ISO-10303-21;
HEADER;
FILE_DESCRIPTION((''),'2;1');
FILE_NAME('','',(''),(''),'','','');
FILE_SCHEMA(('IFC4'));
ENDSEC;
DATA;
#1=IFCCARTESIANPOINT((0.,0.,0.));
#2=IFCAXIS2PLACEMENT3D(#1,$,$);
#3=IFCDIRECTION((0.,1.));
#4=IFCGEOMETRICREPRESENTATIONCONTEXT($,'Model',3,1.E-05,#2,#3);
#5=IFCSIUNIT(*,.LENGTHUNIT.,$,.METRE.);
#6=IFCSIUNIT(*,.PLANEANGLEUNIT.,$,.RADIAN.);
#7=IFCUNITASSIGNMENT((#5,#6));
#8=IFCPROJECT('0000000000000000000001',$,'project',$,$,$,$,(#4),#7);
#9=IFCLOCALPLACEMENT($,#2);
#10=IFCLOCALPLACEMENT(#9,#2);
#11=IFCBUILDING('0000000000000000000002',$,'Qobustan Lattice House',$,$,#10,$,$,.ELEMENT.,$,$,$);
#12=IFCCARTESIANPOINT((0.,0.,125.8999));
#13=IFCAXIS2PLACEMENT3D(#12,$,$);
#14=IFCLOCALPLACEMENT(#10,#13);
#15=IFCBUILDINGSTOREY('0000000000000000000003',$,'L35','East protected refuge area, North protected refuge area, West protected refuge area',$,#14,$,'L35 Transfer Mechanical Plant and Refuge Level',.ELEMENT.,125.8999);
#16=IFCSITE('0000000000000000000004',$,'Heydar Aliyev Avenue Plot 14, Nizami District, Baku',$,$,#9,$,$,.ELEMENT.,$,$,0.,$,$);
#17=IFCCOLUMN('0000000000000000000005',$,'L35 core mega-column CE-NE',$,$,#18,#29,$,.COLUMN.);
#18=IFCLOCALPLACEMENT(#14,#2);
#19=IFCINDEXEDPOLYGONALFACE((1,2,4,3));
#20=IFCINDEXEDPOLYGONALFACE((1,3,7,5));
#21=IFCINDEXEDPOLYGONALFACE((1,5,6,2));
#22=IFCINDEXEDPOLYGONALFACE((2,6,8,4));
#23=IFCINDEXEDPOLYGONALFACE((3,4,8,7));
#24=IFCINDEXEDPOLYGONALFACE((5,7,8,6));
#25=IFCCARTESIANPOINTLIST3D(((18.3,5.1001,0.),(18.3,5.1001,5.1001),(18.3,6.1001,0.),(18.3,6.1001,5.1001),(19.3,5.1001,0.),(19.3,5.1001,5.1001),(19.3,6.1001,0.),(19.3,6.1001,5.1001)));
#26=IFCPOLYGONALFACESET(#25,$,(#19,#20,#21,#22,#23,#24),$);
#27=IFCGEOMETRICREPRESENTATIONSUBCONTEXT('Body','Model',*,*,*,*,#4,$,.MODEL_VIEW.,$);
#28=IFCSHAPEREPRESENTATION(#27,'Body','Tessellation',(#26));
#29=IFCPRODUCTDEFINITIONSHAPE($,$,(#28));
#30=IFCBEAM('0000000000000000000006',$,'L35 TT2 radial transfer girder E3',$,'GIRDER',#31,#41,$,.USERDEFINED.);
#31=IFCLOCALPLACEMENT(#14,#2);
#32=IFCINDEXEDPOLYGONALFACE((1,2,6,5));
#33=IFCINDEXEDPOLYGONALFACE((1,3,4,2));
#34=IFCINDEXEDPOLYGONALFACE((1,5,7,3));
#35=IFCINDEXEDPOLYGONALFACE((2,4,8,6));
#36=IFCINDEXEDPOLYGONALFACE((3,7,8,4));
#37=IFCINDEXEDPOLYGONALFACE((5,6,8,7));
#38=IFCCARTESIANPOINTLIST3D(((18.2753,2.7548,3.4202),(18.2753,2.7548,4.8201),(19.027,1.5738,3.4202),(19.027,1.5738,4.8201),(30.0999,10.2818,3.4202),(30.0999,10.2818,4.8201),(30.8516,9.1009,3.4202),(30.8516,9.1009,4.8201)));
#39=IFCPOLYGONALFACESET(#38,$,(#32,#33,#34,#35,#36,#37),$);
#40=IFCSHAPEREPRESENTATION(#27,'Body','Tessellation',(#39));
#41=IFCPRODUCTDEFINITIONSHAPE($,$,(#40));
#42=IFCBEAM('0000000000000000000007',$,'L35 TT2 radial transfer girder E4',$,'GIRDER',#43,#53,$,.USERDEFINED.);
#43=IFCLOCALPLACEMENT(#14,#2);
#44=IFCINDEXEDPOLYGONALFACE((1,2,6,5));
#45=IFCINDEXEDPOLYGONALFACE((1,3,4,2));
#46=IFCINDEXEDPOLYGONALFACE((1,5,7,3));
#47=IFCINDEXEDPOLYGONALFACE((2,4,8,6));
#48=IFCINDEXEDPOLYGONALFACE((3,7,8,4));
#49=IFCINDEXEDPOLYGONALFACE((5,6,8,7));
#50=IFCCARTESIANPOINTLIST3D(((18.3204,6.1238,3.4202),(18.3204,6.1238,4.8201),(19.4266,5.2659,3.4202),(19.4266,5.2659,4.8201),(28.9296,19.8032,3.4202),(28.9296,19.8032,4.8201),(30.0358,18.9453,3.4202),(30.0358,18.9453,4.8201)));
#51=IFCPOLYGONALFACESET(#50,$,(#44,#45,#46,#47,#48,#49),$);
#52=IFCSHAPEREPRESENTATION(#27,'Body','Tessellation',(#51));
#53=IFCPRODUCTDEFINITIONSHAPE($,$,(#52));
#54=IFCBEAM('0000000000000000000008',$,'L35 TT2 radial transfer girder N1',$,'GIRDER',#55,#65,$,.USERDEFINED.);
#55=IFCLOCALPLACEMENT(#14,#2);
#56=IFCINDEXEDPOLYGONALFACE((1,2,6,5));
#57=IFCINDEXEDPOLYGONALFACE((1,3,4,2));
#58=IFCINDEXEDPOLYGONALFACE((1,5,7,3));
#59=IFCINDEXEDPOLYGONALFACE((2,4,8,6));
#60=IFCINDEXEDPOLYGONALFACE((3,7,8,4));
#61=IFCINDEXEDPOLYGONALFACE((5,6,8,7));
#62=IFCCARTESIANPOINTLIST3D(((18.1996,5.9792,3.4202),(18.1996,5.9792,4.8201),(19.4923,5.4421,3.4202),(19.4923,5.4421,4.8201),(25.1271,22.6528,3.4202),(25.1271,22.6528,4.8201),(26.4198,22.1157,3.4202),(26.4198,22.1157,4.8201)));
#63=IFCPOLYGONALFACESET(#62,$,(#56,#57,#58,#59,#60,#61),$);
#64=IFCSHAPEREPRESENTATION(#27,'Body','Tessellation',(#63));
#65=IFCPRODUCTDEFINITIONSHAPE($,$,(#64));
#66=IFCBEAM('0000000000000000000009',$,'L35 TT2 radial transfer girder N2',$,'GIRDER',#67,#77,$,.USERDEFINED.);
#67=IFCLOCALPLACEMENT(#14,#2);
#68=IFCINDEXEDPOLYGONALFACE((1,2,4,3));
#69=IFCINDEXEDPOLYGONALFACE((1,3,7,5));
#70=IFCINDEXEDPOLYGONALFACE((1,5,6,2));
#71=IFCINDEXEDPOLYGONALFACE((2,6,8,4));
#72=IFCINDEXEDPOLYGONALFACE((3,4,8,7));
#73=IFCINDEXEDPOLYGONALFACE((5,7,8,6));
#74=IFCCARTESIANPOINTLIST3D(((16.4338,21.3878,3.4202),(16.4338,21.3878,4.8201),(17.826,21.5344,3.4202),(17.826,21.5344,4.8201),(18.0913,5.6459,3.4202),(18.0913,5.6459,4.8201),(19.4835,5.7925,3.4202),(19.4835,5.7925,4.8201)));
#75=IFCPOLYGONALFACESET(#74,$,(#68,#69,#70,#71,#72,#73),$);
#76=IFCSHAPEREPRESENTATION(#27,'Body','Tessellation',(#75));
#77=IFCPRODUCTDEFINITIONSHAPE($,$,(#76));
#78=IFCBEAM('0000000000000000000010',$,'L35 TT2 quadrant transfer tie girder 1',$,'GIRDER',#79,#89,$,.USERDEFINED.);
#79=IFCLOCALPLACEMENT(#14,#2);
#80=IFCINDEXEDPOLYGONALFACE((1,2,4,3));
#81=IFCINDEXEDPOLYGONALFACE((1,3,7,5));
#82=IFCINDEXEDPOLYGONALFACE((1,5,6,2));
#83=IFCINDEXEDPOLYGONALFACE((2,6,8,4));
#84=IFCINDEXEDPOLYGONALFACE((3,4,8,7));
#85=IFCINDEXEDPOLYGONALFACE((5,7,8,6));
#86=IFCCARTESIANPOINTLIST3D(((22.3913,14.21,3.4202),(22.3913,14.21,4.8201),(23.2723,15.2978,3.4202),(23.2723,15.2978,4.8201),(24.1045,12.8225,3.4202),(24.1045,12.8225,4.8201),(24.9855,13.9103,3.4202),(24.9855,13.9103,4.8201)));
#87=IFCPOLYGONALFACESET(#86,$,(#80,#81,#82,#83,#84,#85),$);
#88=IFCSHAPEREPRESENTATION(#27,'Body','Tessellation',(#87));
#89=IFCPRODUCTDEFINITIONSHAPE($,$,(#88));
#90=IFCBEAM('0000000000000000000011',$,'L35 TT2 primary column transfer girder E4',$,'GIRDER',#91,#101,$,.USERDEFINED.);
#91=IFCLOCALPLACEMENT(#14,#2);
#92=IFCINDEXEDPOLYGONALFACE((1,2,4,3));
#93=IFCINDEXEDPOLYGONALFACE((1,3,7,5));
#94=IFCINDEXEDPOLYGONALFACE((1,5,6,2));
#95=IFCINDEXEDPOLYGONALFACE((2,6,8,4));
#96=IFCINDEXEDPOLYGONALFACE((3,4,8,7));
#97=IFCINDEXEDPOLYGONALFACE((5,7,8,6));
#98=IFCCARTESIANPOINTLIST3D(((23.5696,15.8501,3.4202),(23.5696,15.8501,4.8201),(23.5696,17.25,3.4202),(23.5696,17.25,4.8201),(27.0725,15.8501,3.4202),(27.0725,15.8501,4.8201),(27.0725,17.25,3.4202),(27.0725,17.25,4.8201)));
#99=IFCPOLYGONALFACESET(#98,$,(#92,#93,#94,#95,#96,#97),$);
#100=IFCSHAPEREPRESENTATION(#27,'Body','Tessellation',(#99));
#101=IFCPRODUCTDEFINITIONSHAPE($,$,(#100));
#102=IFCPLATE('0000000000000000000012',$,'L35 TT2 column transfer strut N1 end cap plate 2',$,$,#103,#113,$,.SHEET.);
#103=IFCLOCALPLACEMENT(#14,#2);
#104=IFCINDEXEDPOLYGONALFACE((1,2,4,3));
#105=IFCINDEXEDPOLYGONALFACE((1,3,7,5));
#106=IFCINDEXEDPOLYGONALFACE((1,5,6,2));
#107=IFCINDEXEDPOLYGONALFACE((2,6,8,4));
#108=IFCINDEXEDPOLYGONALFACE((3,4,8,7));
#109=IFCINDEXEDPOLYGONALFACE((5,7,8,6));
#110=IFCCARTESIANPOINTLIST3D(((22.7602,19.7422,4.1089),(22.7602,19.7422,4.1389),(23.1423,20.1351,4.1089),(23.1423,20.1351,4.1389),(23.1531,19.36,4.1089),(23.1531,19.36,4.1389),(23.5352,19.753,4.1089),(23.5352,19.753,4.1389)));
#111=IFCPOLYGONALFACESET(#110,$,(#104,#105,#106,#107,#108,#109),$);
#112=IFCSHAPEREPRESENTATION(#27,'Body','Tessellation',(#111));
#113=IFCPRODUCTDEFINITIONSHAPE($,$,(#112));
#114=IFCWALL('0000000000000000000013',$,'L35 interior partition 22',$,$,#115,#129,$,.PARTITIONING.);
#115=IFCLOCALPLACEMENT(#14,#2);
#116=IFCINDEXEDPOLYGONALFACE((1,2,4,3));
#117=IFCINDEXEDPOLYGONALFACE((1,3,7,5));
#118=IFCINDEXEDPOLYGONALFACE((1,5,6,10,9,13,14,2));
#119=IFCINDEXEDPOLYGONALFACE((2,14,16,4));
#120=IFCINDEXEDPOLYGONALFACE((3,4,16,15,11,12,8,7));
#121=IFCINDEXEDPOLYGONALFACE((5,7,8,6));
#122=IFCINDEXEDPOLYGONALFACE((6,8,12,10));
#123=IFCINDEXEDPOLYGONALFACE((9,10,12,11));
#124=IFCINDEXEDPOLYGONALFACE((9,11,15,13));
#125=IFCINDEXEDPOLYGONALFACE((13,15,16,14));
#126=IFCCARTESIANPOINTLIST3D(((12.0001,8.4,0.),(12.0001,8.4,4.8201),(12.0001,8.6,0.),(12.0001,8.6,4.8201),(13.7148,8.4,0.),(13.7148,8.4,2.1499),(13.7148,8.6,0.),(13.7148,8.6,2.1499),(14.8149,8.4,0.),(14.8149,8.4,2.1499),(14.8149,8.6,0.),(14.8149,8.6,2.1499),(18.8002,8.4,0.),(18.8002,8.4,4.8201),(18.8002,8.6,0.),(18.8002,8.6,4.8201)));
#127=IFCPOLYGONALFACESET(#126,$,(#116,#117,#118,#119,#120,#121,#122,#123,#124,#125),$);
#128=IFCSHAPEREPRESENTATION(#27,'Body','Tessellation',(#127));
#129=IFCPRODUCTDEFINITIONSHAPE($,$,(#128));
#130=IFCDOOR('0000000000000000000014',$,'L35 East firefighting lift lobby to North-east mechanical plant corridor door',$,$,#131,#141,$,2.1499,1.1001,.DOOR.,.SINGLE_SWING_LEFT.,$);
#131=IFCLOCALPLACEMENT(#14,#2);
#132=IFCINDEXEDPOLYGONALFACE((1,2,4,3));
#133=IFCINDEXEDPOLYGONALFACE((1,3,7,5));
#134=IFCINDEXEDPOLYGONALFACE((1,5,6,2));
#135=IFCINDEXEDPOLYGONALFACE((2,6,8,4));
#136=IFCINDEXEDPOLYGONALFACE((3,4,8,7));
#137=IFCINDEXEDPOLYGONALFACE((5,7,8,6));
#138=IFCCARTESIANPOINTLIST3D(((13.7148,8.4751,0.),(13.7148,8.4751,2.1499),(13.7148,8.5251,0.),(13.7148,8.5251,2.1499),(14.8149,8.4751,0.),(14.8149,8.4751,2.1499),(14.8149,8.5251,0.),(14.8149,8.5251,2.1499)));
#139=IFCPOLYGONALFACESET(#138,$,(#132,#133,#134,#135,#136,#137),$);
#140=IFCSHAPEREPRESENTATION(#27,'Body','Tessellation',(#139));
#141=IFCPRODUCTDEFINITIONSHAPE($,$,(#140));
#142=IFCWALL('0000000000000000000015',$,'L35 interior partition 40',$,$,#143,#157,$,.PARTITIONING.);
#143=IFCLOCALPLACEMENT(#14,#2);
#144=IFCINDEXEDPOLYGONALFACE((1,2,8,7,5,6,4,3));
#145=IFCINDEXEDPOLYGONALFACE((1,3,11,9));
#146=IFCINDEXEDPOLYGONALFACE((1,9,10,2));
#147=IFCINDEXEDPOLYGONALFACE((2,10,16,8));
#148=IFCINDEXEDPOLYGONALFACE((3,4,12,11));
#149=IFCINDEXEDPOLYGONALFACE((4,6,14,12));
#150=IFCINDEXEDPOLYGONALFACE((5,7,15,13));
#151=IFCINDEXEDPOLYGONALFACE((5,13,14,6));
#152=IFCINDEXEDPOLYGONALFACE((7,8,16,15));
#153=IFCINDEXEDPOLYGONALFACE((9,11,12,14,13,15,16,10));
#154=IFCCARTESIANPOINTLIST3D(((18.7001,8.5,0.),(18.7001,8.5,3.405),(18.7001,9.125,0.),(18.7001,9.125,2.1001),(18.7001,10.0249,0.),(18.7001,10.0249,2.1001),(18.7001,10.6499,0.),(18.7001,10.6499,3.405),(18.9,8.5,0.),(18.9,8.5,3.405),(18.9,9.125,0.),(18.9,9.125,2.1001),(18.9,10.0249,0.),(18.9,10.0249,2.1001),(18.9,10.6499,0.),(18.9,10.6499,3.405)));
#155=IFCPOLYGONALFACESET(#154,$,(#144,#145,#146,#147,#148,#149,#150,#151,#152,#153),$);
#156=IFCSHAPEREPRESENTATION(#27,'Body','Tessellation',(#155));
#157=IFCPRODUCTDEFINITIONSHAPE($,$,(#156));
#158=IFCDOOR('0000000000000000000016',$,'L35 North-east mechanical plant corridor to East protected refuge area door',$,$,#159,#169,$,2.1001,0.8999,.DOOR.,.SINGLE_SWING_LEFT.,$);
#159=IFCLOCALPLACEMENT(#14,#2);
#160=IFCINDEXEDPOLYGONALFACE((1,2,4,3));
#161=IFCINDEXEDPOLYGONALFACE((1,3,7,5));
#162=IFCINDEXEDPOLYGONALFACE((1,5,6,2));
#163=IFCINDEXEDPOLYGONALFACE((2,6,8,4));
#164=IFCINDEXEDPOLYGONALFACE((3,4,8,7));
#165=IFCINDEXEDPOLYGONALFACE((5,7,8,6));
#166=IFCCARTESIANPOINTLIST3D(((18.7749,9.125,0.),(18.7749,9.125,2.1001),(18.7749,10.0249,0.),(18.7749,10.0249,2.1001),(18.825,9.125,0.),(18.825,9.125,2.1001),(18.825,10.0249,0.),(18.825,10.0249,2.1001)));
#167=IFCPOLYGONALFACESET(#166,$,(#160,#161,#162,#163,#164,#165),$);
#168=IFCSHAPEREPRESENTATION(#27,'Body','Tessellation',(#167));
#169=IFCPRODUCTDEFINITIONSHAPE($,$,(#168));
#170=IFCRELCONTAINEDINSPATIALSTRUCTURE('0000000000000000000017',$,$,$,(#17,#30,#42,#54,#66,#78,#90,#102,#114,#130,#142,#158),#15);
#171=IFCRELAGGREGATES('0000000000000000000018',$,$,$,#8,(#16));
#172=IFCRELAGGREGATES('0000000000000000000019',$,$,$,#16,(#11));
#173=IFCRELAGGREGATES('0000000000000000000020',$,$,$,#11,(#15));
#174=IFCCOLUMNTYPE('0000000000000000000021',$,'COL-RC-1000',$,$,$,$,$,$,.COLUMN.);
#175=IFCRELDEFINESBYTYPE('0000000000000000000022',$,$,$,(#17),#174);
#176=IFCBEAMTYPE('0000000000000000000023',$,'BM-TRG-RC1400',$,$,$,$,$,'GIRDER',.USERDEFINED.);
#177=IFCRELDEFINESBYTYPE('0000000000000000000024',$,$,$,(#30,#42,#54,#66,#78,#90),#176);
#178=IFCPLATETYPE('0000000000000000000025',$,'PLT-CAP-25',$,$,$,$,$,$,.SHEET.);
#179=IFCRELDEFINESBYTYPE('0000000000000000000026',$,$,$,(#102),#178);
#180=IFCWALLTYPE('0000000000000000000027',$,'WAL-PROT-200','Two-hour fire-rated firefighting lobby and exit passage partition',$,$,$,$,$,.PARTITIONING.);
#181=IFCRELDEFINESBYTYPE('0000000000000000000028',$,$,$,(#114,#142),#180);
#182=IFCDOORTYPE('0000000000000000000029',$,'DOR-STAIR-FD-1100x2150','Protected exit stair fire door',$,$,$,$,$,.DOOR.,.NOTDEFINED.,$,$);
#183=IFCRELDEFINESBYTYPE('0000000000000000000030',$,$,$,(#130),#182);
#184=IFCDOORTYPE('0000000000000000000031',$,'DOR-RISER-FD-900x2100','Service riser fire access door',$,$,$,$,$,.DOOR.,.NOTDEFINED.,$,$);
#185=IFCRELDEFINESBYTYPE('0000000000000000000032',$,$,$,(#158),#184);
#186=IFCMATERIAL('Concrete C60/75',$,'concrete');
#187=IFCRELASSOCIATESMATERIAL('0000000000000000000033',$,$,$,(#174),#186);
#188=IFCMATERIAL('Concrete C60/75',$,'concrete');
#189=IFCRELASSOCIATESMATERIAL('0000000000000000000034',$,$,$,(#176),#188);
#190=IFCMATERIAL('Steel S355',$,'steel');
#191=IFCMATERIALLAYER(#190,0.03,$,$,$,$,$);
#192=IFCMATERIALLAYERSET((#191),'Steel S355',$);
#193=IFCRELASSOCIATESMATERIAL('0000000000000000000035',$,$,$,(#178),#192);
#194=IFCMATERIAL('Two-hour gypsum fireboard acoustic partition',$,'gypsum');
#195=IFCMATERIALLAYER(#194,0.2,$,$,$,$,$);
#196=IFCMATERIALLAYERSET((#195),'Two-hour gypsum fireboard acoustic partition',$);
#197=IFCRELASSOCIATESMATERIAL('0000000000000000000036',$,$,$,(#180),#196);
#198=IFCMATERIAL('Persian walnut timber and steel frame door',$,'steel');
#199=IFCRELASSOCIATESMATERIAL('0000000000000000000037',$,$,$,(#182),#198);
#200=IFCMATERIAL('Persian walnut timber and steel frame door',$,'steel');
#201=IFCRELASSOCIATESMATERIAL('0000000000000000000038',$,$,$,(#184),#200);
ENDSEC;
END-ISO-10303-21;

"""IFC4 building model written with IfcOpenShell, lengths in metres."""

from ifc_helpers import new_model, si_unit, direction, frame, frame_2d, origin, origin_2d, place, context, subcontext, project, spatial, rectangle, extrude, material, layer, layer_set, material_profile, profile_set, type_object, element, fill, save


model = new_model("IFC4")

# Units and contexts
model_context = context("Model", 3, precision=1e-05, world=origin(), true_north=direction((0.0, 1.0)))
body_context = subcontext(model_context, "Body", "Model", "MODEL_VIEW")
ifc_project = project(units=[si_unit("LENGTHUNIT", "METRE"), si_unit("PLANEANGLEUNIT", "RADIAN")], contexts=[model_context])

# Site, building, storey
site_placement = place(None, origin())
site = spatial("IfcSite", under=ifc_project, at=site_placement, Name="Heydar Aliyev Avenue Plot 14, Nizami District, Baku", CompositionType="ELEMENT", RefElevation=0.0)
building_placement = place(site_placement, origin())
building = spatial("IfcBuilding", under=site, at=building_placement, Name="Qobustan Lattice House", CompositionType="ELEMENT")
storey_placement = place(building_placement, frame((0.0, 0.0, 125.8999)))
storey = spatial("IfcBuildingStorey", under=building, at=storey_placement, Name="L35", Description="East protected refuge area, North protected refuge area, West protected refuge area", LongName="L35 Transfer Mechanical Plant and Refuge Level", CompositionType="ELEMENT", Elevation=125.8999)

# Column
ifc_material_1 = material(Name="Concrete C60/75", Category="concrete")
ifc_material_profile_1 = material_profile(ifc_material_1, rectangle(XDim=1.0, YDim=1.0, at=origin_2d()), Name="RC1000x1000")
ifc_profile_set_1 = profile_set([ifc_material_profile_1], Name="Concrete C60/75")
column_type = type_object("IfcColumnType", Name="COL-RC-1000", PredefinedType="COLUMN", material=ifc_profile_set_1)
column_placement = place(storey_placement, frame((18.8, 5.6001, 0.0), z_axis=(0.0, 0.0, 1.0), x_axis=(1.0, 0.0, 0.0)))
element("IfcColumn", 1, at=column_placement, inside=storey, type_object=column_type, Name="L35 core mega-column CE-NE", PredefinedType="COLUMN", context=body_context, shape_type="SweptSolid", body=[
    extrude(rectangle(XDim=1.0, YDim=1.0, at=origin_2d()), origin(), (0.0, 0.0, 1.0), 5.1001),
])

# Beams
ifc_material_2 = material(Name="Concrete C60/75", Category="concrete")
ifc_material_profile_2 = material_profile(ifc_material_2, rectangle(XDim=1.3999, YDim=1.3999, at=origin_2d()), Name="RC1400x1400")
ifc_profile_set_2 = profile_set([ifc_material_profile_2], Name="Concrete C60/75")
beam_type = type_object("IfcBeamType", Name="BM-TRG-RC1400", ElementType="GIRDER", PredefinedType="USERDEFINED", material=ifc_profile_set_2)
beam_1_placement = place(storey_placement, frame((18.6511, 2.1643, 4.1201), z_axis=(0.843588, 0.536992, 0.0), x_axis=(-0.536992, 0.843588, 0.0)))
element("IfcBeam", 2, at=beam_1_placement, inside=storey, type_object=beam_type, Name="L35 TT2 radial transfer girder E3", ObjectType="GIRDER", PredefinedType="USERDEFINED", context=body_context, shape_type="SweptSolid", body=[
    extrude(rectangle(XDim=1.3999, YDim=1.3999, at=origin_2d()), origin(), (0.0, 0.0, 1.0), 14.0171),
])
beam_2_placement = place(storey_placement, frame((18.8735, 5.6948, 4.1201), z_axis=(0.612845, 0.790203, 0.0), x_axis=(-0.790203, 0.612845, 0.0)))
element("IfcBeam", 3, at=beam_2_placement, inside=storey, type_object=beam_type, Name="L35 TT2 radial transfer girder E4", ObjectType="GIRDER", PredefinedType="USERDEFINED", context=body_context, shape_type="SweptSolid", body=[
    extrude(rectangle(XDim=1.3999, YDim=1.3999, at=origin_2d()), origin(), (0.0, 0.0, 1.0), 17.3113),
])
beam_3_placement = place(storey_placement, frame((18.8459, 5.7107, 4.1201), z_axis=(0.383679, 0.923466, 0.0), x_axis=(-0.923466, 0.383679, 0.0)))
element("IfcBeam", 4, at=beam_3_placement, inside=storey, type_object=beam_type, Name="L35 TT2 radial transfer girder N1", ObjectType="GIRDER", PredefinedType="USERDEFINED", context=body_context, shape_type="SweptSolid", body=[
    extrude(rectangle(XDim=1.3999, YDim=1.3999, at=origin_2d()), origin(), (0.0, 0.0, 1.0), 18.0554),
])
beam_4_placement = place(storey_placement, frame((18.7874, 5.7192, 4.1201), z_axis=(-0.104711, 0.994503, 0.0), x_axis=(-0.994503, -0.104711, 0.0)))
element("IfcBeam", 5, at=beam_4_placement, inside=storey, type_object=beam_type, Name="L35 TT2 radial transfer girder N2", ObjectType="GIRDER", PredefinedType="USERDEFINED", context=body_context, shape_type="SweptSolid", body=[
    extrude(rectangle(XDim=1.3999, YDim=1.3999, at=origin_2d()), origin(), (0.0, 0.0, 1.0), 15.8289),
])
beam_5_placement = place(storey_placement, frame((22.8318, 14.7539, 4.1201), z_axis=(0.777106, -0.62937, 0.0), x_axis=(0.62937, 0.777106, 0.0)))
element("IfcBeam", 6, at=beam_5_placement, inside=storey, type_object=beam_type, Name="L35 TT2 quadrant transfer tie girder 1", ObjectType="GIRDER", PredefinedType="USERDEFINED", context=body_context, shape_type="SweptSolid", body=[
    extrude(rectangle(XDim=1.3999, YDim=1.3999, at=origin_2d()), origin(), (0.0, 0.0, 1.0), 2.2046),
])
beam_6_placement = place(storey_placement, frame((23.5696, 16.55, 4.1201), z_axis=(1.0, 0.0, 0.0), x_axis=(0.0, 1.0, 0.0)))
element("IfcBeam", 7, at=beam_6_placement, inside=storey, type_object=beam_type, Name="L35 TT2 primary column transfer girder E4", ObjectType="GIRDER", PredefinedType="USERDEFINED", context=body_context, shape_type="SweptSolid", body=[
    extrude(rectangle(XDim=1.3999, YDim=1.3999, at=origin_2d()), origin(), (0.0, 0.0, 1.0), 3.5029),
])

# Plate
ifc_material_3 = material(Name="Steel S355", Category="steel")
ifc_layer_1 = layer(ifc_material_3, 0.03)
ifc_layer_set_1 = layer_set([ifc_layer_1], Name="Steel S355")
plate_type = type_object("IfcPlateType", Name="PLT-CAP-25", PredefinedType="SHEET", material=ifc_layer_set_1)
plate_placement = place(storey_placement, frame((23.1477, 19.7476, 4.1089), z_axis=(0.0, 0.0, 1.0), x_axis=(-0.697178, -0.716898, 0.0)))
element("IfcPlate", 8, at=plate_placement, inside=storey, type_object=plate_type, Name="L35 TT2 column transfer strut N1 end cap plate 2", PredefinedType="SHEET", context=body_context, shape_type="SweptSolid", body=[
    extrude(rectangle(XDim=0.5481, YDim=0.5481, at=origin_2d()), origin(), (0.0, 0.0, 1.0), 0.03),
])

# Walls, openings, doors
ifc_material_4 = material(Name="Two-hour gypsum fireboard acoustic partition", Category="gypsum")
ifc_layer_2 = layer(ifc_material_4, 0.2)
ifc_layer_set_2 = layer_set([ifc_layer_2], Name="Two-hour gypsum fireboard acoustic partition")
wall_type = type_object("IfcWallType", Name="WAL-PROT-200", Description="Two-hour fire-rated firefighting lobby and exit passage partition", PredefinedType="PARTITIONING", material=ifc_layer_set_2)
wall_1_placement = place(storey_placement, frame((18.8, 8.5, 0.0), z_axis=(0.0, 0.0, 1.0), x_axis=(-1.0, 0.0, 0.0)))
wall_1 = element("IfcWall", 9, at=wall_1_placement, inside=storey, type_object=wall_type, Name="L35 interior partition 22", PredefinedType="PARTITIONING", context=body_context, shape_type="SweptSolid", body=[
    extrude(rectangle(XDim=6.8, YDim=0.2, at=frame_2d((3.3999, 0.0))), origin(), (0.0, 0.0, 1.0), 4.8201),
])
opening_1_placement = place(wall_1_placement, frame((3.9851, 0.0, 0.0)))
opening_1 = element("IfcOpeningElement", 10, at=opening_1_placement, cuts=wall_1, PredefinedType="OPENING", context=body_context, shape_type="SweptSolid", body=[
    extrude(rectangle(XDim=1.1001, YDim=2.1499, at=frame_2d((0.55, 1.075))), frame((0.0, 0.1099, 0.0), z_axis=(0.0, -1.0, 0.0), x_axis=(1.0, 0.0, 0.0)), (0.0, 0.0, 1.0), 0.22),
])
ifc_material_5 = material(Name="Persian walnut timber and steel frame door", Category="steel")
door_type_1 = type_object("IfcDoorType", Name="DOR-STAIR-FD-1100x2150", Description="Protected exit stair fire door", OperationType="NOTDEFINED", PredefinedType="DOOR", material=ifc_material_5)
door_1_placement = place(opening_1_placement, origin())
door_1 = element("IfcDoor", 11, at=door_1_placement, inside=storey, type_object=door_type_1, Name="L35 East firefighting lift lobby to North-east mechanical plant corridor door", OperationType="SINGLE_SWING_LEFT", OverallHeight=2.1499, OverallWidth=1.1001, PredefinedType="DOOR", context=body_context, shape_type="SweptSolid", body=[
    extrude(rectangle(XDim=1.1001, YDim=2.1499, at=frame_2d((0.55, 1.075))), frame((0.0, 0.0249, 0.0), z_axis=(0.0, -1.0, 0.0), x_axis=(1.0, 0.0, 0.0)), (0.0, 0.0, 1.0), 0.05),
])
fill(opening_1, door_1)
wall_2_placement = place(storey_placement, frame((18.8, 10.6499, 0.0), z_axis=(0.0, 0.0, 1.0), x_axis=(0.0, -1.0, 0.0)))
wall_2 = element("IfcWall", 12, at=wall_2_placement, inside=storey, type_object=wall_type, Name="L35 interior partition 40", PredefinedType="PARTITIONING", context=body_context, shape_type="SweptSolid", body=[
    extrude(rectangle(XDim=2.1499, YDim=0.2, at=frame_2d((1.075, 0.0))), origin(), (0.0, 0.0, 1.0), 3.405),
])
opening_2_placement = place(wall_2_placement, frame((0.625, 0.0, 0.0)))
opening_2 = element("IfcOpeningElement", 13, at=opening_2_placement, cuts=wall_2, PredefinedType="OPENING", context=body_context, shape_type="SweptSolid", body=[
    extrude(rectangle(XDim=0.8999, YDim=2.1001, at=frame_2d((0.45, 1.05))), frame((0.0, 0.1099, 0.0), z_axis=(0.0, -1.0, 0.0), x_axis=(1.0, 0.0, 0.0)), (0.0, 0.0, 1.0), 0.22),
])
ifc_material_6 = material(Name="Persian walnut timber and steel frame door", Category="steel")
door_type_2 = type_object("IfcDoorType", Name="DOR-RISER-FD-900x2100", Description="Service riser fire access door", OperationType="NOTDEFINED", PredefinedType="DOOR", material=ifc_material_6)
door_2_placement = place(opening_2_placement, origin())
door_2 = element("IfcDoor", 14, at=door_2_placement, inside=storey, type_object=door_type_2, Name="L35 North-east mechanical plant corridor to East protected refuge area door", OperationType="SINGLE_SWING_LEFT", OverallHeight=2.1001, OverallWidth=0.8999, PredefinedType="DOOR", context=body_context, shape_type="SweptSolid", body=[
    extrude(rectangle(XDim=0.8999, YDim=2.1001, at=frame_2d((0.45, 1.05))), frame((0.0, 0.0249, 0.0), z_axis=(0.0, -1.0, 0.0), x_axis=(1.0, 0.0, 0.0)), (0.0, 0.0, 1.0), 0.05),
])
fill(opening_2, door_2)

save(model, "model.ifc")
